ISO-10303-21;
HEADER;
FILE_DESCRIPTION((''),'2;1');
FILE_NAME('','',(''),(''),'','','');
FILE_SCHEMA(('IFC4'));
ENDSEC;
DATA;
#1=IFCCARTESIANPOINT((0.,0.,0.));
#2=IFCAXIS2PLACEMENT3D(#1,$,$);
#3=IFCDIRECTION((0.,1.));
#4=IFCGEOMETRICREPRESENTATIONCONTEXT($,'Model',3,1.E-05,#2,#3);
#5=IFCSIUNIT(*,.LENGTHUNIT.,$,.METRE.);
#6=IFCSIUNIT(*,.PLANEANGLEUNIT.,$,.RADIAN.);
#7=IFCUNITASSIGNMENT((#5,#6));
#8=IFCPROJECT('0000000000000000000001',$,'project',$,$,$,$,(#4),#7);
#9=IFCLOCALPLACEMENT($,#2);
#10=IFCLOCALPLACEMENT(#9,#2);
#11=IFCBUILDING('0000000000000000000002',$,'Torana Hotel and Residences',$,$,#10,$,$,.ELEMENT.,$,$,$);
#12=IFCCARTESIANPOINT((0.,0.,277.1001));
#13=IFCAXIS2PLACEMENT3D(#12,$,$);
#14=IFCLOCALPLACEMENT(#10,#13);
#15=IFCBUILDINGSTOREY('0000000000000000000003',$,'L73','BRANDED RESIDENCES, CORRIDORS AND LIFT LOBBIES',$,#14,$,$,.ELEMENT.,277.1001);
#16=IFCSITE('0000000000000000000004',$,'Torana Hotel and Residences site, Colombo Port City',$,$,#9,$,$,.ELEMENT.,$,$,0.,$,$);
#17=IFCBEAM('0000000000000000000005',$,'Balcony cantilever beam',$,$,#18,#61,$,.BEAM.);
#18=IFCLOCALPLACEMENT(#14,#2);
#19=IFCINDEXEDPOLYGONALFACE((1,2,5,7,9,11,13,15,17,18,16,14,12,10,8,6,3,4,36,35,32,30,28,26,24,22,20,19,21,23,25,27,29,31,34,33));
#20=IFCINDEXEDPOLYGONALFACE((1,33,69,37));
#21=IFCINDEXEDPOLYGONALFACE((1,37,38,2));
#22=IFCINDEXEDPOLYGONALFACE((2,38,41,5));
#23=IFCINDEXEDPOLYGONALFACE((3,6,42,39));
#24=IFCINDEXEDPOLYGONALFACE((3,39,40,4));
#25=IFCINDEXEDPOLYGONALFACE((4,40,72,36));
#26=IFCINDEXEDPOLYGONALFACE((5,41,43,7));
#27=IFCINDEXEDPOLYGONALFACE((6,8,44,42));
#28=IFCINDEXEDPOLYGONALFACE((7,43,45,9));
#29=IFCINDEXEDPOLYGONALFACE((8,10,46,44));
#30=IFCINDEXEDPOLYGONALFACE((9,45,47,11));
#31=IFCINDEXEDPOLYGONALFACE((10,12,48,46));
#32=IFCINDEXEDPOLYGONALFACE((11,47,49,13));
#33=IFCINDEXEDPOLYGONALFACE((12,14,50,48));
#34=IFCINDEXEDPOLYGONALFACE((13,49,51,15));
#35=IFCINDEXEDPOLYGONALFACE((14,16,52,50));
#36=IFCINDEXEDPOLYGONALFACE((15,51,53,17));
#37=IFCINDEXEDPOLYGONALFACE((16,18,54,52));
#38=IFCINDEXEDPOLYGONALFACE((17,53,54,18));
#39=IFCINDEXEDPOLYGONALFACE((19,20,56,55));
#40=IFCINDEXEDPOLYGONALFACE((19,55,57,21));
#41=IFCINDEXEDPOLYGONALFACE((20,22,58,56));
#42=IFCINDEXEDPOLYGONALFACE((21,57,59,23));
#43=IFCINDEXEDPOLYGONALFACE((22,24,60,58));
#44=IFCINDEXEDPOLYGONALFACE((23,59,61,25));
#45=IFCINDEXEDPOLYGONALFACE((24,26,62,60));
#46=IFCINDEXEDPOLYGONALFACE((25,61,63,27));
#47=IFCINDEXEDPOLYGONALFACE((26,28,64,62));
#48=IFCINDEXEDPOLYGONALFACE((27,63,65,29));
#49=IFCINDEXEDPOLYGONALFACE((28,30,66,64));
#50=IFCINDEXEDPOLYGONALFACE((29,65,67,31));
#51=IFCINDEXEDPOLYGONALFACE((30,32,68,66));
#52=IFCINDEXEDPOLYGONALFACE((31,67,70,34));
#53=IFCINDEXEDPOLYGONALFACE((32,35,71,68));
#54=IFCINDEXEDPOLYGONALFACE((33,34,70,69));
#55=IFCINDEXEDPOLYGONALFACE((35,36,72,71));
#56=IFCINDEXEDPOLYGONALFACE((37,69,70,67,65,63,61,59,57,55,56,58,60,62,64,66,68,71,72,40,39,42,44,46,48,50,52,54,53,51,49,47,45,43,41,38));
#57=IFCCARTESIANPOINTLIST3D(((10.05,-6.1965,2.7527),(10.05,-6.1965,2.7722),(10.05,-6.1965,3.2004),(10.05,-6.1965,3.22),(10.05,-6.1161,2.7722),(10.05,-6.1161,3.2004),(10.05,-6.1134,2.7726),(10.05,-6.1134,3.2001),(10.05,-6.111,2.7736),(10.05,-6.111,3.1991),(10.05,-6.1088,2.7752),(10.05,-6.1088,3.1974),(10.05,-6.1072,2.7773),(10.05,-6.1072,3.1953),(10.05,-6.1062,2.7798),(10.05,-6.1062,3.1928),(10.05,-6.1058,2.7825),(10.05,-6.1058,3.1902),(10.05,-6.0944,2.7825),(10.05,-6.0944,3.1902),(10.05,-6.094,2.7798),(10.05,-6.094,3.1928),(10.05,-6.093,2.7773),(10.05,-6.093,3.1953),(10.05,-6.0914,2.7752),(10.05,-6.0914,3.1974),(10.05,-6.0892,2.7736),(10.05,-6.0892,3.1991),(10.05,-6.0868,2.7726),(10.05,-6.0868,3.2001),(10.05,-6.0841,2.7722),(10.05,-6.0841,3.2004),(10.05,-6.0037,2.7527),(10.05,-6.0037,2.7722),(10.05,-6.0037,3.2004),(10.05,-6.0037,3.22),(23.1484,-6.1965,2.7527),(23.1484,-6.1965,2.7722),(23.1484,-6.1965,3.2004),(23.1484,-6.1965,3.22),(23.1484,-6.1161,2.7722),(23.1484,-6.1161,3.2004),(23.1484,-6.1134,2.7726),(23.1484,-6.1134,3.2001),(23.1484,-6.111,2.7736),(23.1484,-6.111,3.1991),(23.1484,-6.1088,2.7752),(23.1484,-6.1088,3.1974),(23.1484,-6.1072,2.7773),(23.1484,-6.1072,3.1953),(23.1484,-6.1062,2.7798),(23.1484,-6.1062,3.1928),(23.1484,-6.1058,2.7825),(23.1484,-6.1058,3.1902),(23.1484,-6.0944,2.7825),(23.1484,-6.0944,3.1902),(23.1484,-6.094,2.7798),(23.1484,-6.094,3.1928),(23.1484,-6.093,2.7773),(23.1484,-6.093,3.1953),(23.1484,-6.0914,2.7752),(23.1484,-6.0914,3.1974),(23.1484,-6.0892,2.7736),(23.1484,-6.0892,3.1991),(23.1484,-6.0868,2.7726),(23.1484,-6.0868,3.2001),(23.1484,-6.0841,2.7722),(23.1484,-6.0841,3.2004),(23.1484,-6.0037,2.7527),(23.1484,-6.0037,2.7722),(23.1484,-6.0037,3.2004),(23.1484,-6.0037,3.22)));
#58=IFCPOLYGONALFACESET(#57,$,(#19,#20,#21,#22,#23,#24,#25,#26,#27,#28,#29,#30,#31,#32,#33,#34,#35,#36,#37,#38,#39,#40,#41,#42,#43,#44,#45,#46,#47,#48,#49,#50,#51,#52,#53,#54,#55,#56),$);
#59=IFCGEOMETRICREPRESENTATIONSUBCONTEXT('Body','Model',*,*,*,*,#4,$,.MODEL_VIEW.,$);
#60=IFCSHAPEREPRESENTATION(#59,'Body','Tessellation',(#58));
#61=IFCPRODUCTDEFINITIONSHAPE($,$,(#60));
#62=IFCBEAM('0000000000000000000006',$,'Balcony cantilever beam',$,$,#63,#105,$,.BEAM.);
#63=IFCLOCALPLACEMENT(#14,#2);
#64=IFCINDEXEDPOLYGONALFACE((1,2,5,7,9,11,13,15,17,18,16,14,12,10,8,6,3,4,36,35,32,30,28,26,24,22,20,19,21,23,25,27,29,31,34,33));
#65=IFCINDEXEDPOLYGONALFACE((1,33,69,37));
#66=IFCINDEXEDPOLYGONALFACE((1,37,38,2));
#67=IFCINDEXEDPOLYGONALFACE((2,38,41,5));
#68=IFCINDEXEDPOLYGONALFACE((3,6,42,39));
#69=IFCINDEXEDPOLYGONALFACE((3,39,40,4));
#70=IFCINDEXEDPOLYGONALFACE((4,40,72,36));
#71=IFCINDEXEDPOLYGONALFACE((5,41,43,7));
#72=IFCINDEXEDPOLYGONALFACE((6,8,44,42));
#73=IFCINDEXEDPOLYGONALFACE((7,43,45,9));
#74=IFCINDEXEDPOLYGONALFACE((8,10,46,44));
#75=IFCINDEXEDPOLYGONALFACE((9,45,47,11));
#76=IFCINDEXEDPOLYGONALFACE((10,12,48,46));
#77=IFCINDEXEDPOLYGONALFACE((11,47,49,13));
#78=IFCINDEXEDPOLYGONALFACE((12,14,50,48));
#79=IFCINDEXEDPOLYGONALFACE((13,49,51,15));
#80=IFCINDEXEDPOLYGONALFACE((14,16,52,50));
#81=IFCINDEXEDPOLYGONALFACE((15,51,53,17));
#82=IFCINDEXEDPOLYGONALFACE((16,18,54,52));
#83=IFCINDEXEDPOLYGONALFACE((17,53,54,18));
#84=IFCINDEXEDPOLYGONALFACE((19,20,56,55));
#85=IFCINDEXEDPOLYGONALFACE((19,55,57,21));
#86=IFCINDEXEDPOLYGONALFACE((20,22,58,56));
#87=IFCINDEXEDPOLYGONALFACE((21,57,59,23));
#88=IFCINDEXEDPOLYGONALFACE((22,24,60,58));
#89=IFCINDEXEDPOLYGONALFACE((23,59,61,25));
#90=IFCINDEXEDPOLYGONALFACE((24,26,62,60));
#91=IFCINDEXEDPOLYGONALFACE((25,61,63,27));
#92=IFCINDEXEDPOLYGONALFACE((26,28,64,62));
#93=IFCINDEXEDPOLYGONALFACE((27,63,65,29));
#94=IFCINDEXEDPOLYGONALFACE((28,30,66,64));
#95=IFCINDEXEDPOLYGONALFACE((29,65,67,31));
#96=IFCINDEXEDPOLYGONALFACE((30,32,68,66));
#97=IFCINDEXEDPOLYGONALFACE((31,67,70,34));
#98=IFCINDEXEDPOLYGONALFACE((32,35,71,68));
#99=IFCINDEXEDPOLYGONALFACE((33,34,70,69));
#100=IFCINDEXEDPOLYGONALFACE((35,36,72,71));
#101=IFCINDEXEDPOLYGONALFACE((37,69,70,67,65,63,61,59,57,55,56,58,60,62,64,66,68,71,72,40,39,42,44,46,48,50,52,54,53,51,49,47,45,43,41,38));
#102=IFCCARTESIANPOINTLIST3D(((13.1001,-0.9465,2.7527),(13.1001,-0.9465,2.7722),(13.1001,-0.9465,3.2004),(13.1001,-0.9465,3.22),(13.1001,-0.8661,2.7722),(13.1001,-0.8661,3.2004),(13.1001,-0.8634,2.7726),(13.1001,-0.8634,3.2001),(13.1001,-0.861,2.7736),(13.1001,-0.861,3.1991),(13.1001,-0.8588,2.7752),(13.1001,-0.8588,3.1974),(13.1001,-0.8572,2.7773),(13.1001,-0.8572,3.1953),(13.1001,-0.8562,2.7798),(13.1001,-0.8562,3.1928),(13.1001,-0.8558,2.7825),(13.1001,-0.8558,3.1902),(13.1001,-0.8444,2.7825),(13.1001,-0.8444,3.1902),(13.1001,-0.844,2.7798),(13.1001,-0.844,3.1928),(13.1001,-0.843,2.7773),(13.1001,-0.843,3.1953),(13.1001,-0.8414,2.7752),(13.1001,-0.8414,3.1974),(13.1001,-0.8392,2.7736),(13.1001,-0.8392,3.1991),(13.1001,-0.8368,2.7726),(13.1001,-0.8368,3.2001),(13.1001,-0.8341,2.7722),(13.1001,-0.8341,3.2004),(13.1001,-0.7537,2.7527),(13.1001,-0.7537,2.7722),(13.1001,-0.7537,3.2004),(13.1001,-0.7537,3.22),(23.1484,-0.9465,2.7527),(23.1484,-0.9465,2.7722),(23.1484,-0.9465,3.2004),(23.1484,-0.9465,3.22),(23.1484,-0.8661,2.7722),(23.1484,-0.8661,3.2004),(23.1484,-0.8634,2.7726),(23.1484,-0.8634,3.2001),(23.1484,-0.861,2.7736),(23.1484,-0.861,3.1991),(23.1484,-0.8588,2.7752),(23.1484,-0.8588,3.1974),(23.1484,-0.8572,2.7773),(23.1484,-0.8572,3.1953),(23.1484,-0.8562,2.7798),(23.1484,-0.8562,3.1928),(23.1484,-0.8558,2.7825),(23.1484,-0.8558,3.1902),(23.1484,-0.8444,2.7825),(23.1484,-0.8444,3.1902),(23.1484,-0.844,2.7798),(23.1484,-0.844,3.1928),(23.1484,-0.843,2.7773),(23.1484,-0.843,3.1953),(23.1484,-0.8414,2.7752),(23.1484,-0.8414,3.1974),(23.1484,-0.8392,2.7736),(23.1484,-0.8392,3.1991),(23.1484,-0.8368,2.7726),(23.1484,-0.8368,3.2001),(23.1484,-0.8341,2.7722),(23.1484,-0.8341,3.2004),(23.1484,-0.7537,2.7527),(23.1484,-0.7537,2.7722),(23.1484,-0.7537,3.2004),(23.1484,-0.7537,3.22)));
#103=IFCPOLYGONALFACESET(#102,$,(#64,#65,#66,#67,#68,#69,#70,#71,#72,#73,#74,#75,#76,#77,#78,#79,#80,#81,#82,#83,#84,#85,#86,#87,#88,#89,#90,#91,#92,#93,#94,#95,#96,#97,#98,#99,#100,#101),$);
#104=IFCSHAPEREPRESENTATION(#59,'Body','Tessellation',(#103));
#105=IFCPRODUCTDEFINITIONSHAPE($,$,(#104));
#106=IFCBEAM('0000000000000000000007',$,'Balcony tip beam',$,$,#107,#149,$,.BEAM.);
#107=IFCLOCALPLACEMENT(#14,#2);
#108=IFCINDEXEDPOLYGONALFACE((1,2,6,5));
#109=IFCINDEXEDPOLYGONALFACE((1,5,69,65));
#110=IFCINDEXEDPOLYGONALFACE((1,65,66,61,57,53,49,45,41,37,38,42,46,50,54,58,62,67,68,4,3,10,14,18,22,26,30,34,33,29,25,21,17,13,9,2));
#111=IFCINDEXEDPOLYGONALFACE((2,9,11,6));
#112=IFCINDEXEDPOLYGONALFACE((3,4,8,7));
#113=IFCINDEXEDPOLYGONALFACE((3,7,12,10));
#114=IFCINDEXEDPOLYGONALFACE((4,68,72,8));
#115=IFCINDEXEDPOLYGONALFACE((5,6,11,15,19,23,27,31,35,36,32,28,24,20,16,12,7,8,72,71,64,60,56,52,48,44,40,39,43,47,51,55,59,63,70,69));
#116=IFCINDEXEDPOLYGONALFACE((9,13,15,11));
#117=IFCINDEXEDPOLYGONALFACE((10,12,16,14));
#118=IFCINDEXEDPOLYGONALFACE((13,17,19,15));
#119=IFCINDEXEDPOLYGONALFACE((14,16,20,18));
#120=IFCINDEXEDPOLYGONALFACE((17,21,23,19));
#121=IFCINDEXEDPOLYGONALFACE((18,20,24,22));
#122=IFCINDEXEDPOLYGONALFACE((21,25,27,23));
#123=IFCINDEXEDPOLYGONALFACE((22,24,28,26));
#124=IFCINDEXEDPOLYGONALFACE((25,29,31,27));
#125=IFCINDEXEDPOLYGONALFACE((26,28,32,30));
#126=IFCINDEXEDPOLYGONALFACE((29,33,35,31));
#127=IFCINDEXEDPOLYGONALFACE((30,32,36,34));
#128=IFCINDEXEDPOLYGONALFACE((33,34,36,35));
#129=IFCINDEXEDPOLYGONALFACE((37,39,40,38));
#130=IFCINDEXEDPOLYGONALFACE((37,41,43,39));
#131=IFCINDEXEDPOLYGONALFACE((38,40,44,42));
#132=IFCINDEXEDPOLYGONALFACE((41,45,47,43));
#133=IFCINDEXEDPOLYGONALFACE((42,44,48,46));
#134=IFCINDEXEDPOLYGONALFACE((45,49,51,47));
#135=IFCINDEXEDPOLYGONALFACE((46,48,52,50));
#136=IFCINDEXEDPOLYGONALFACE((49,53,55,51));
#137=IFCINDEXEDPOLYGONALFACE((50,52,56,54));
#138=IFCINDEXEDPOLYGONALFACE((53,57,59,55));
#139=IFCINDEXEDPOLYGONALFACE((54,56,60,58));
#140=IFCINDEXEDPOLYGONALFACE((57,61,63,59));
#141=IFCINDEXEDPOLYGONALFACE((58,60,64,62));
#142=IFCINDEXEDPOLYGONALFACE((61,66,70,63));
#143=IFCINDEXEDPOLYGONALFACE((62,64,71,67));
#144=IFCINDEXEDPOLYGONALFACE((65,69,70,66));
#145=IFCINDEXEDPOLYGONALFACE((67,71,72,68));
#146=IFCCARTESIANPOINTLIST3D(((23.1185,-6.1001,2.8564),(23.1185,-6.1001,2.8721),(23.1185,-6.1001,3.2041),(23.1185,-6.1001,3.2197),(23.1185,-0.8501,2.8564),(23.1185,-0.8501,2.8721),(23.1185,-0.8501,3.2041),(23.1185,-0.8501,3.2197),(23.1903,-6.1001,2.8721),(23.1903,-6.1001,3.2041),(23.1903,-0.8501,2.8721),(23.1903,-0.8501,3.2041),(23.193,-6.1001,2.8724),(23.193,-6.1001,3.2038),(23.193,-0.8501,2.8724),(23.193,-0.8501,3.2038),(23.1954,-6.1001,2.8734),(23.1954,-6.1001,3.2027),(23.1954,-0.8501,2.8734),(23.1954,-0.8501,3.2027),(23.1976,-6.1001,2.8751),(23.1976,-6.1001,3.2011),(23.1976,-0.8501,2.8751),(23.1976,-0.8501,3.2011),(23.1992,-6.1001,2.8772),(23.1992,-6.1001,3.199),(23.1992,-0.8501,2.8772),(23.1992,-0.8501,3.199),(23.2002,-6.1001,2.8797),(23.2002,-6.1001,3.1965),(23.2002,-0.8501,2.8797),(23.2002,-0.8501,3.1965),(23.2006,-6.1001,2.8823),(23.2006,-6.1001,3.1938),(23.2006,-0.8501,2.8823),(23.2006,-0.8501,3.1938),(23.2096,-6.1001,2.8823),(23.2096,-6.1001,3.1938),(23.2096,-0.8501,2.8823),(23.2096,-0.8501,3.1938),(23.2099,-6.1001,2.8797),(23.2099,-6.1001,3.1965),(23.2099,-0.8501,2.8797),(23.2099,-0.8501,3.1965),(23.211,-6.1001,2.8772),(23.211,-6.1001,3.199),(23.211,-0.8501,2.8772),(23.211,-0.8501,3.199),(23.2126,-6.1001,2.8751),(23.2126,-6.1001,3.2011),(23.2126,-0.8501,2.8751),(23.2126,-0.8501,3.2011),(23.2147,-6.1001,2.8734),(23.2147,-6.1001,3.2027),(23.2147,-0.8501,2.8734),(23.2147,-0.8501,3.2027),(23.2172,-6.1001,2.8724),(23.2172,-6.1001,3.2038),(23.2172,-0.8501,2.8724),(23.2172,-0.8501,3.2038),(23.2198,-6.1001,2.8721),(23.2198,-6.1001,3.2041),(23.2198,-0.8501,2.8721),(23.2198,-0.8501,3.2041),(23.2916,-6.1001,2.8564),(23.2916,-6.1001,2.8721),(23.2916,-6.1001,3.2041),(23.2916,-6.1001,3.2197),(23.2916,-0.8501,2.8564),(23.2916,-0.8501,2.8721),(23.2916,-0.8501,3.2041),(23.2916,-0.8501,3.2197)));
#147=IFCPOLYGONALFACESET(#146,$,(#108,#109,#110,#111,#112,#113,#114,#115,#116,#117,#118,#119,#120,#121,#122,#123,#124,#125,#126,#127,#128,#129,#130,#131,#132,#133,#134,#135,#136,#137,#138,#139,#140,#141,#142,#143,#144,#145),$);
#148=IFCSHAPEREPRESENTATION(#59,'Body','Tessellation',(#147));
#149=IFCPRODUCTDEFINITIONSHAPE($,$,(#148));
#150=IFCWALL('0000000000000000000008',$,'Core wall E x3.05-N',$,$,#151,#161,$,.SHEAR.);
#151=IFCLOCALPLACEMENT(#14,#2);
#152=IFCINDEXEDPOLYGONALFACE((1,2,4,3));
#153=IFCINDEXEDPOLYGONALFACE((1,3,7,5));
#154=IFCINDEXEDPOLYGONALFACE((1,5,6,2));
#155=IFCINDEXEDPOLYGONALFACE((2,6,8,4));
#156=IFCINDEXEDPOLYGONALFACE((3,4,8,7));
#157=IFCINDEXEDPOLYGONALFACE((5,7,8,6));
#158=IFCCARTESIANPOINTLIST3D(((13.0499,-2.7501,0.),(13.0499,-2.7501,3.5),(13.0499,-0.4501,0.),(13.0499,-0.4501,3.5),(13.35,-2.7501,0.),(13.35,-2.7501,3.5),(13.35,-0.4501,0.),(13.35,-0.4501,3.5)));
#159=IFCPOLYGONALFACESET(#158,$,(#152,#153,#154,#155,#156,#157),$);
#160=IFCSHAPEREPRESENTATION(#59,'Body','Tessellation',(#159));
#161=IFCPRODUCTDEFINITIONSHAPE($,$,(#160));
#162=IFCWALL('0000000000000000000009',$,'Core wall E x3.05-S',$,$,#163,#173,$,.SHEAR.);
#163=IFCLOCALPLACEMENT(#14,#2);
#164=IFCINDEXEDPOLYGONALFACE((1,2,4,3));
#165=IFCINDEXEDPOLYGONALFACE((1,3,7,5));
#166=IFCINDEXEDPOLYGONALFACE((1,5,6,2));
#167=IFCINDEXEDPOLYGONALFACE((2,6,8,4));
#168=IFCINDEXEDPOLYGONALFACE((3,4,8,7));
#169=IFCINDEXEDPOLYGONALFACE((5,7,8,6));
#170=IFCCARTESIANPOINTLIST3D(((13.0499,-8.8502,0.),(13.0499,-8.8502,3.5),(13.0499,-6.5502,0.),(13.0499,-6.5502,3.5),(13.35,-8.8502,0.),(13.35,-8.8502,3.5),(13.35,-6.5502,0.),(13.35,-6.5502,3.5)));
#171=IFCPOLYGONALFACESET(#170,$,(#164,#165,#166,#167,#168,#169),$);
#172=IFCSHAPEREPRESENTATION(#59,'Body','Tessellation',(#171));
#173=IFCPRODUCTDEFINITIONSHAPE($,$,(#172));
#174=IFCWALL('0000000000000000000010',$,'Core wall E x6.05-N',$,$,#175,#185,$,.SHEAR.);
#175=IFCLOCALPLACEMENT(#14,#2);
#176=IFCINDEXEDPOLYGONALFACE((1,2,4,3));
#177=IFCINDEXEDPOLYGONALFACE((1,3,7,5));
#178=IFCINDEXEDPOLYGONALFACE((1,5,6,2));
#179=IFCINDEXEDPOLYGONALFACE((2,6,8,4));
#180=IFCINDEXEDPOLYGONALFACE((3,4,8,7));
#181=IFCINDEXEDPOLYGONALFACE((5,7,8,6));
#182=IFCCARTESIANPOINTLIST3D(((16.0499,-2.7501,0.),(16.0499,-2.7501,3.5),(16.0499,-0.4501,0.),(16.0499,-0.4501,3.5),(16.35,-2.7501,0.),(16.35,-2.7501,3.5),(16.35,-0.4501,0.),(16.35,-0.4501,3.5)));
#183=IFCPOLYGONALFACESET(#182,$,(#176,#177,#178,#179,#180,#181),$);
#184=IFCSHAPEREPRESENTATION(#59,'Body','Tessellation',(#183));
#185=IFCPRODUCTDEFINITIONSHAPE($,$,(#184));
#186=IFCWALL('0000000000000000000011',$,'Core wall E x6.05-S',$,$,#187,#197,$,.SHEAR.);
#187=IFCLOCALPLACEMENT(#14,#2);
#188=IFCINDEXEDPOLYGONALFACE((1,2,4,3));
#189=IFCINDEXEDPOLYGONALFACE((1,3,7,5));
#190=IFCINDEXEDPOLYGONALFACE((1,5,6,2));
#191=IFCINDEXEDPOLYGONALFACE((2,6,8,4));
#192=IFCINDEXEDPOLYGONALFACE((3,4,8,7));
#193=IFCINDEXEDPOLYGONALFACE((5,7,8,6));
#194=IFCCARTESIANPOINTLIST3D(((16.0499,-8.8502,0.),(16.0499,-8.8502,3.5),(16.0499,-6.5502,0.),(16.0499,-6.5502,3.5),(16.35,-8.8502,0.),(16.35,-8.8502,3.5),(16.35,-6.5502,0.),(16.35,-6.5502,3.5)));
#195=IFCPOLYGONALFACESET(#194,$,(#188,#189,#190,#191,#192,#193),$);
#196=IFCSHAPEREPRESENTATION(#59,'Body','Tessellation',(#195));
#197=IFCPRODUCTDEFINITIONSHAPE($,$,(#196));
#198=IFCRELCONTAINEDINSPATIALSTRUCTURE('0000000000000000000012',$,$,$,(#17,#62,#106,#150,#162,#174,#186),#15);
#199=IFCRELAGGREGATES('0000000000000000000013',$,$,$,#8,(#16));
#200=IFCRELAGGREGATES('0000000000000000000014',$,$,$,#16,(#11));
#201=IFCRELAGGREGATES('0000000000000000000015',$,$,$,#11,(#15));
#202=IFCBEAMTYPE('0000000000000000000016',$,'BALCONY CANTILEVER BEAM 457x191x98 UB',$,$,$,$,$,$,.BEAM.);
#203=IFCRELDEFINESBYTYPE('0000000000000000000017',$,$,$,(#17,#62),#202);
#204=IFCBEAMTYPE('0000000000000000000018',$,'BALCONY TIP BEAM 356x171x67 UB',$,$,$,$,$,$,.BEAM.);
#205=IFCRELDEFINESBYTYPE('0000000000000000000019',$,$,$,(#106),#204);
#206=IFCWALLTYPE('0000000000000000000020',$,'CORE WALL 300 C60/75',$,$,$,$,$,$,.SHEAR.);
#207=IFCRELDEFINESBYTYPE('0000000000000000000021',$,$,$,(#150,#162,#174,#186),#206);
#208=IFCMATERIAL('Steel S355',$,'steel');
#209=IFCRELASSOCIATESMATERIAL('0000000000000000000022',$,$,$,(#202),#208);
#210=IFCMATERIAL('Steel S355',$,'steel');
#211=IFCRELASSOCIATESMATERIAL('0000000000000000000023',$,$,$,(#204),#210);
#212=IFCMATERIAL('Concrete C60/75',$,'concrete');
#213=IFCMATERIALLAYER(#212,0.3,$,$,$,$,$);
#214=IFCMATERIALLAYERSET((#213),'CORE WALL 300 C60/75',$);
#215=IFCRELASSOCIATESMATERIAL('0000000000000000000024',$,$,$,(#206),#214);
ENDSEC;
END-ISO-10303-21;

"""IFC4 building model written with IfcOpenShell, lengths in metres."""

from ifc_helpers import new_model, si_unit, direction, frame, frame_2d, origin, origin_2d, place, context, subcontext, project, spatial, rectangle, i_section, extrude, material, layer, layer_set, material_profile, profile_set, type_object, element, save


model = new_model("IFC4")

# Units and contexts
model_context = context("Model", 3, precision=1e-05, world=origin(), true_north=direction((0.0, 1.0)))
body_context = subcontext(model_context, "Body", "Model", "MODEL_VIEW")
ifc_project = project(units=[si_unit("LENGTHUNIT", "METRE"), si_unit("PLANEANGLEUNIT", "RADIAN")], contexts=[model_context])

# Site, building, storey
site_placement = place(None, origin())
site = spatial("IfcSite", under=ifc_project, at=site_placement, Name="Torana Hotel and Residences site, Colombo Port City", CompositionType="ELEMENT", RefElevation=0.0)
building_placement = place(site_placement, origin())
building = spatial("IfcBuilding", under=site, at=building_placement, Name="Torana Hotel and Residences", CompositionType="ELEMENT")
storey_placement = place(building_placement, frame((0.0, 0.0, 277.1001)))
storey = spatial("IfcBuildingStorey", under=building, at=storey_placement, Name="L73", Description="BRANDED RESIDENCES, CORRIDORS AND LIFT LOBBIES", CompositionType="ELEMENT", Elevation=277.1001)

# Beams
ifc_material_1 = material(Name="Steel S355", Category="steel")
ifc_material_profile_1 = material_profile(ifc_material_1, i_section(OverallWidth=0.1929, OverallDepth=0.4673, WebThickness=0.0115, FlangeThickness=0.0195, FilletRadius=0.0103, at=origin_2d()), Name="457x191x98 UB")
ifc_profile_set_1 = profile_set([ifc_material_profile_1], Name="Steel S355")
beam_type_1 = type_object("IfcBeamType", Name="BALCONY CANTILEVER BEAM 457x191x98 UB", PredefinedType="BEAM", material=ifc_profile_set_1)
beam_1_placement = place(storey_placement, frame((23.1484, -6.1001, 2.9863), z_axis=(-1.0, 0.0, 0.0), x_axis=(0.0, -1.0, 0.0)))
element("IfcBeam", 1, at=beam_1_placement, inside=storey, type_object=beam_type_1, Name="Balcony cantilever beam", PredefinedType="BEAM", context=body_context, shape_type="SweptSolid", body=[
    extrude(i_section(OverallWidth=0.1929, OverallDepth=0.4673, WebThickness=0.0115, FlangeThickness=0.0195, FilletRadius=0.0103, at=origin_2d()), origin(), (0.0, 0.0, 1.0), 13.0984),
])
beam_2_placement = place(storey_placement, frame((23.1484, -0.8501, 2.9863), z_axis=(-1.0, 0.0, 0.0), x_axis=(0.0, -1.0, 0.0)))
element("IfcBeam", 2, at=beam_2_placement, inside=storey, type_object=beam_type_1, Name="Balcony cantilever beam", PredefinedType="BEAM", context=body_context, shape_type="SweptSolid", body=[
    extrude(i_section(OverallWidth=0.1929, OverallDepth=0.4673, WebThickness=0.0115, FlangeThickness=0.0195, FilletRadius=0.0103, at=origin_2d()), origin(), (0.0, 0.0, 1.0), 10.0483),
])
ifc_material_2 = material(Name="Steel S355", Category="steel")
ifc_material_profile_2 = material_profile(ifc_material_2, i_section(OverallWidth=0.1731, OverallDepth=0.3633, WebThickness=0.009, FlangeThickness=0.0156, FilletRadius=0.0103, at=origin_2d()), Name="356x171x67 UB")
ifc_profile_set_2 = profile_set([ifc_material_profile_2], Name="Steel S355")
beam_type_2 = type_object("IfcBeamType", Name="BALCONY TIP BEAM 356x171x67 UB", PredefinedType="BEAM", material=ifc_profile_set_2)
beam_3_placement = place(storey_placement, frame((23.2051, -6.1001, 3.0381), z_axis=(0.0, 1.0, 0.0), x_axis=(-1.0, 0.0, 0.0)))
element("IfcBeam", 3, at=beam_3_placement, inside=storey, type_object=beam_type_2, Name="Balcony tip beam", PredefinedType="BEAM", context=body_context, shape_type="SweptSolid", body=[
    extrude(i_section(OverallWidth=0.1731, OverallDepth=0.3633, WebThickness=0.009, FlangeThickness=0.0156, FilletRadius=0.0103, at=origin_2d()), origin(), (0.0, 0.0, 1.0), 5.25),
])

# Walls
ifc_material_3 = material(Name="Concrete C60/75", Category="concrete")
ifc_layer_1 = layer(ifc_material_3, 0.3)
ifc_layer_set_1 = layer_set([ifc_layer_1], Name="CORE WALL 300 C60/75")
wall_type_1 = type_object("IfcWallType", Name="CORE WALL 300 C60/75", PredefinedType="SHEAR", material=ifc_layer_set_1)
for number, where, z_axis, x_axis, name in (
    (4, (13.2, -2.75, 0.0), (0.0, 0.0, 1.0), (0.0, 1.0, 0.0), "Core wall E x3.05-N"),
    (5, (13.2, -8.8501, 0.0), (0.0, 0.0, 1.0), (0.0, 1.0, 0.0), "Core wall E x3.05-S"),
    (6, (16.2, -2.75, 0.0), (0.0, 0.0, 1.0), (0.0, 1.0, 0.0), "Core wall E x6.05-N"),
    (7, (16.2, -8.8501, 0.0), (0.0, 0.0, 1.0), (0.0, 1.0, 0.0), "Core wall E x6.05-S"),
):
    element("IfcWall", number, at=place(storey_placement, frame(where, z_axis=z_axis, x_axis=x_axis)), inside=storey, type_object=wall_type_1, Name=name, PredefinedType="SHEAR", context=body_context, shape_type="SweptSolid", body=[
        extrude(rectangle(XDim=2.3, YDim=0.3, at=frame_2d((1.1499, 0.0))), origin(), (0.0, 0.0, 1.0), 3.5),
    ])

save(model, "model.ifc")
